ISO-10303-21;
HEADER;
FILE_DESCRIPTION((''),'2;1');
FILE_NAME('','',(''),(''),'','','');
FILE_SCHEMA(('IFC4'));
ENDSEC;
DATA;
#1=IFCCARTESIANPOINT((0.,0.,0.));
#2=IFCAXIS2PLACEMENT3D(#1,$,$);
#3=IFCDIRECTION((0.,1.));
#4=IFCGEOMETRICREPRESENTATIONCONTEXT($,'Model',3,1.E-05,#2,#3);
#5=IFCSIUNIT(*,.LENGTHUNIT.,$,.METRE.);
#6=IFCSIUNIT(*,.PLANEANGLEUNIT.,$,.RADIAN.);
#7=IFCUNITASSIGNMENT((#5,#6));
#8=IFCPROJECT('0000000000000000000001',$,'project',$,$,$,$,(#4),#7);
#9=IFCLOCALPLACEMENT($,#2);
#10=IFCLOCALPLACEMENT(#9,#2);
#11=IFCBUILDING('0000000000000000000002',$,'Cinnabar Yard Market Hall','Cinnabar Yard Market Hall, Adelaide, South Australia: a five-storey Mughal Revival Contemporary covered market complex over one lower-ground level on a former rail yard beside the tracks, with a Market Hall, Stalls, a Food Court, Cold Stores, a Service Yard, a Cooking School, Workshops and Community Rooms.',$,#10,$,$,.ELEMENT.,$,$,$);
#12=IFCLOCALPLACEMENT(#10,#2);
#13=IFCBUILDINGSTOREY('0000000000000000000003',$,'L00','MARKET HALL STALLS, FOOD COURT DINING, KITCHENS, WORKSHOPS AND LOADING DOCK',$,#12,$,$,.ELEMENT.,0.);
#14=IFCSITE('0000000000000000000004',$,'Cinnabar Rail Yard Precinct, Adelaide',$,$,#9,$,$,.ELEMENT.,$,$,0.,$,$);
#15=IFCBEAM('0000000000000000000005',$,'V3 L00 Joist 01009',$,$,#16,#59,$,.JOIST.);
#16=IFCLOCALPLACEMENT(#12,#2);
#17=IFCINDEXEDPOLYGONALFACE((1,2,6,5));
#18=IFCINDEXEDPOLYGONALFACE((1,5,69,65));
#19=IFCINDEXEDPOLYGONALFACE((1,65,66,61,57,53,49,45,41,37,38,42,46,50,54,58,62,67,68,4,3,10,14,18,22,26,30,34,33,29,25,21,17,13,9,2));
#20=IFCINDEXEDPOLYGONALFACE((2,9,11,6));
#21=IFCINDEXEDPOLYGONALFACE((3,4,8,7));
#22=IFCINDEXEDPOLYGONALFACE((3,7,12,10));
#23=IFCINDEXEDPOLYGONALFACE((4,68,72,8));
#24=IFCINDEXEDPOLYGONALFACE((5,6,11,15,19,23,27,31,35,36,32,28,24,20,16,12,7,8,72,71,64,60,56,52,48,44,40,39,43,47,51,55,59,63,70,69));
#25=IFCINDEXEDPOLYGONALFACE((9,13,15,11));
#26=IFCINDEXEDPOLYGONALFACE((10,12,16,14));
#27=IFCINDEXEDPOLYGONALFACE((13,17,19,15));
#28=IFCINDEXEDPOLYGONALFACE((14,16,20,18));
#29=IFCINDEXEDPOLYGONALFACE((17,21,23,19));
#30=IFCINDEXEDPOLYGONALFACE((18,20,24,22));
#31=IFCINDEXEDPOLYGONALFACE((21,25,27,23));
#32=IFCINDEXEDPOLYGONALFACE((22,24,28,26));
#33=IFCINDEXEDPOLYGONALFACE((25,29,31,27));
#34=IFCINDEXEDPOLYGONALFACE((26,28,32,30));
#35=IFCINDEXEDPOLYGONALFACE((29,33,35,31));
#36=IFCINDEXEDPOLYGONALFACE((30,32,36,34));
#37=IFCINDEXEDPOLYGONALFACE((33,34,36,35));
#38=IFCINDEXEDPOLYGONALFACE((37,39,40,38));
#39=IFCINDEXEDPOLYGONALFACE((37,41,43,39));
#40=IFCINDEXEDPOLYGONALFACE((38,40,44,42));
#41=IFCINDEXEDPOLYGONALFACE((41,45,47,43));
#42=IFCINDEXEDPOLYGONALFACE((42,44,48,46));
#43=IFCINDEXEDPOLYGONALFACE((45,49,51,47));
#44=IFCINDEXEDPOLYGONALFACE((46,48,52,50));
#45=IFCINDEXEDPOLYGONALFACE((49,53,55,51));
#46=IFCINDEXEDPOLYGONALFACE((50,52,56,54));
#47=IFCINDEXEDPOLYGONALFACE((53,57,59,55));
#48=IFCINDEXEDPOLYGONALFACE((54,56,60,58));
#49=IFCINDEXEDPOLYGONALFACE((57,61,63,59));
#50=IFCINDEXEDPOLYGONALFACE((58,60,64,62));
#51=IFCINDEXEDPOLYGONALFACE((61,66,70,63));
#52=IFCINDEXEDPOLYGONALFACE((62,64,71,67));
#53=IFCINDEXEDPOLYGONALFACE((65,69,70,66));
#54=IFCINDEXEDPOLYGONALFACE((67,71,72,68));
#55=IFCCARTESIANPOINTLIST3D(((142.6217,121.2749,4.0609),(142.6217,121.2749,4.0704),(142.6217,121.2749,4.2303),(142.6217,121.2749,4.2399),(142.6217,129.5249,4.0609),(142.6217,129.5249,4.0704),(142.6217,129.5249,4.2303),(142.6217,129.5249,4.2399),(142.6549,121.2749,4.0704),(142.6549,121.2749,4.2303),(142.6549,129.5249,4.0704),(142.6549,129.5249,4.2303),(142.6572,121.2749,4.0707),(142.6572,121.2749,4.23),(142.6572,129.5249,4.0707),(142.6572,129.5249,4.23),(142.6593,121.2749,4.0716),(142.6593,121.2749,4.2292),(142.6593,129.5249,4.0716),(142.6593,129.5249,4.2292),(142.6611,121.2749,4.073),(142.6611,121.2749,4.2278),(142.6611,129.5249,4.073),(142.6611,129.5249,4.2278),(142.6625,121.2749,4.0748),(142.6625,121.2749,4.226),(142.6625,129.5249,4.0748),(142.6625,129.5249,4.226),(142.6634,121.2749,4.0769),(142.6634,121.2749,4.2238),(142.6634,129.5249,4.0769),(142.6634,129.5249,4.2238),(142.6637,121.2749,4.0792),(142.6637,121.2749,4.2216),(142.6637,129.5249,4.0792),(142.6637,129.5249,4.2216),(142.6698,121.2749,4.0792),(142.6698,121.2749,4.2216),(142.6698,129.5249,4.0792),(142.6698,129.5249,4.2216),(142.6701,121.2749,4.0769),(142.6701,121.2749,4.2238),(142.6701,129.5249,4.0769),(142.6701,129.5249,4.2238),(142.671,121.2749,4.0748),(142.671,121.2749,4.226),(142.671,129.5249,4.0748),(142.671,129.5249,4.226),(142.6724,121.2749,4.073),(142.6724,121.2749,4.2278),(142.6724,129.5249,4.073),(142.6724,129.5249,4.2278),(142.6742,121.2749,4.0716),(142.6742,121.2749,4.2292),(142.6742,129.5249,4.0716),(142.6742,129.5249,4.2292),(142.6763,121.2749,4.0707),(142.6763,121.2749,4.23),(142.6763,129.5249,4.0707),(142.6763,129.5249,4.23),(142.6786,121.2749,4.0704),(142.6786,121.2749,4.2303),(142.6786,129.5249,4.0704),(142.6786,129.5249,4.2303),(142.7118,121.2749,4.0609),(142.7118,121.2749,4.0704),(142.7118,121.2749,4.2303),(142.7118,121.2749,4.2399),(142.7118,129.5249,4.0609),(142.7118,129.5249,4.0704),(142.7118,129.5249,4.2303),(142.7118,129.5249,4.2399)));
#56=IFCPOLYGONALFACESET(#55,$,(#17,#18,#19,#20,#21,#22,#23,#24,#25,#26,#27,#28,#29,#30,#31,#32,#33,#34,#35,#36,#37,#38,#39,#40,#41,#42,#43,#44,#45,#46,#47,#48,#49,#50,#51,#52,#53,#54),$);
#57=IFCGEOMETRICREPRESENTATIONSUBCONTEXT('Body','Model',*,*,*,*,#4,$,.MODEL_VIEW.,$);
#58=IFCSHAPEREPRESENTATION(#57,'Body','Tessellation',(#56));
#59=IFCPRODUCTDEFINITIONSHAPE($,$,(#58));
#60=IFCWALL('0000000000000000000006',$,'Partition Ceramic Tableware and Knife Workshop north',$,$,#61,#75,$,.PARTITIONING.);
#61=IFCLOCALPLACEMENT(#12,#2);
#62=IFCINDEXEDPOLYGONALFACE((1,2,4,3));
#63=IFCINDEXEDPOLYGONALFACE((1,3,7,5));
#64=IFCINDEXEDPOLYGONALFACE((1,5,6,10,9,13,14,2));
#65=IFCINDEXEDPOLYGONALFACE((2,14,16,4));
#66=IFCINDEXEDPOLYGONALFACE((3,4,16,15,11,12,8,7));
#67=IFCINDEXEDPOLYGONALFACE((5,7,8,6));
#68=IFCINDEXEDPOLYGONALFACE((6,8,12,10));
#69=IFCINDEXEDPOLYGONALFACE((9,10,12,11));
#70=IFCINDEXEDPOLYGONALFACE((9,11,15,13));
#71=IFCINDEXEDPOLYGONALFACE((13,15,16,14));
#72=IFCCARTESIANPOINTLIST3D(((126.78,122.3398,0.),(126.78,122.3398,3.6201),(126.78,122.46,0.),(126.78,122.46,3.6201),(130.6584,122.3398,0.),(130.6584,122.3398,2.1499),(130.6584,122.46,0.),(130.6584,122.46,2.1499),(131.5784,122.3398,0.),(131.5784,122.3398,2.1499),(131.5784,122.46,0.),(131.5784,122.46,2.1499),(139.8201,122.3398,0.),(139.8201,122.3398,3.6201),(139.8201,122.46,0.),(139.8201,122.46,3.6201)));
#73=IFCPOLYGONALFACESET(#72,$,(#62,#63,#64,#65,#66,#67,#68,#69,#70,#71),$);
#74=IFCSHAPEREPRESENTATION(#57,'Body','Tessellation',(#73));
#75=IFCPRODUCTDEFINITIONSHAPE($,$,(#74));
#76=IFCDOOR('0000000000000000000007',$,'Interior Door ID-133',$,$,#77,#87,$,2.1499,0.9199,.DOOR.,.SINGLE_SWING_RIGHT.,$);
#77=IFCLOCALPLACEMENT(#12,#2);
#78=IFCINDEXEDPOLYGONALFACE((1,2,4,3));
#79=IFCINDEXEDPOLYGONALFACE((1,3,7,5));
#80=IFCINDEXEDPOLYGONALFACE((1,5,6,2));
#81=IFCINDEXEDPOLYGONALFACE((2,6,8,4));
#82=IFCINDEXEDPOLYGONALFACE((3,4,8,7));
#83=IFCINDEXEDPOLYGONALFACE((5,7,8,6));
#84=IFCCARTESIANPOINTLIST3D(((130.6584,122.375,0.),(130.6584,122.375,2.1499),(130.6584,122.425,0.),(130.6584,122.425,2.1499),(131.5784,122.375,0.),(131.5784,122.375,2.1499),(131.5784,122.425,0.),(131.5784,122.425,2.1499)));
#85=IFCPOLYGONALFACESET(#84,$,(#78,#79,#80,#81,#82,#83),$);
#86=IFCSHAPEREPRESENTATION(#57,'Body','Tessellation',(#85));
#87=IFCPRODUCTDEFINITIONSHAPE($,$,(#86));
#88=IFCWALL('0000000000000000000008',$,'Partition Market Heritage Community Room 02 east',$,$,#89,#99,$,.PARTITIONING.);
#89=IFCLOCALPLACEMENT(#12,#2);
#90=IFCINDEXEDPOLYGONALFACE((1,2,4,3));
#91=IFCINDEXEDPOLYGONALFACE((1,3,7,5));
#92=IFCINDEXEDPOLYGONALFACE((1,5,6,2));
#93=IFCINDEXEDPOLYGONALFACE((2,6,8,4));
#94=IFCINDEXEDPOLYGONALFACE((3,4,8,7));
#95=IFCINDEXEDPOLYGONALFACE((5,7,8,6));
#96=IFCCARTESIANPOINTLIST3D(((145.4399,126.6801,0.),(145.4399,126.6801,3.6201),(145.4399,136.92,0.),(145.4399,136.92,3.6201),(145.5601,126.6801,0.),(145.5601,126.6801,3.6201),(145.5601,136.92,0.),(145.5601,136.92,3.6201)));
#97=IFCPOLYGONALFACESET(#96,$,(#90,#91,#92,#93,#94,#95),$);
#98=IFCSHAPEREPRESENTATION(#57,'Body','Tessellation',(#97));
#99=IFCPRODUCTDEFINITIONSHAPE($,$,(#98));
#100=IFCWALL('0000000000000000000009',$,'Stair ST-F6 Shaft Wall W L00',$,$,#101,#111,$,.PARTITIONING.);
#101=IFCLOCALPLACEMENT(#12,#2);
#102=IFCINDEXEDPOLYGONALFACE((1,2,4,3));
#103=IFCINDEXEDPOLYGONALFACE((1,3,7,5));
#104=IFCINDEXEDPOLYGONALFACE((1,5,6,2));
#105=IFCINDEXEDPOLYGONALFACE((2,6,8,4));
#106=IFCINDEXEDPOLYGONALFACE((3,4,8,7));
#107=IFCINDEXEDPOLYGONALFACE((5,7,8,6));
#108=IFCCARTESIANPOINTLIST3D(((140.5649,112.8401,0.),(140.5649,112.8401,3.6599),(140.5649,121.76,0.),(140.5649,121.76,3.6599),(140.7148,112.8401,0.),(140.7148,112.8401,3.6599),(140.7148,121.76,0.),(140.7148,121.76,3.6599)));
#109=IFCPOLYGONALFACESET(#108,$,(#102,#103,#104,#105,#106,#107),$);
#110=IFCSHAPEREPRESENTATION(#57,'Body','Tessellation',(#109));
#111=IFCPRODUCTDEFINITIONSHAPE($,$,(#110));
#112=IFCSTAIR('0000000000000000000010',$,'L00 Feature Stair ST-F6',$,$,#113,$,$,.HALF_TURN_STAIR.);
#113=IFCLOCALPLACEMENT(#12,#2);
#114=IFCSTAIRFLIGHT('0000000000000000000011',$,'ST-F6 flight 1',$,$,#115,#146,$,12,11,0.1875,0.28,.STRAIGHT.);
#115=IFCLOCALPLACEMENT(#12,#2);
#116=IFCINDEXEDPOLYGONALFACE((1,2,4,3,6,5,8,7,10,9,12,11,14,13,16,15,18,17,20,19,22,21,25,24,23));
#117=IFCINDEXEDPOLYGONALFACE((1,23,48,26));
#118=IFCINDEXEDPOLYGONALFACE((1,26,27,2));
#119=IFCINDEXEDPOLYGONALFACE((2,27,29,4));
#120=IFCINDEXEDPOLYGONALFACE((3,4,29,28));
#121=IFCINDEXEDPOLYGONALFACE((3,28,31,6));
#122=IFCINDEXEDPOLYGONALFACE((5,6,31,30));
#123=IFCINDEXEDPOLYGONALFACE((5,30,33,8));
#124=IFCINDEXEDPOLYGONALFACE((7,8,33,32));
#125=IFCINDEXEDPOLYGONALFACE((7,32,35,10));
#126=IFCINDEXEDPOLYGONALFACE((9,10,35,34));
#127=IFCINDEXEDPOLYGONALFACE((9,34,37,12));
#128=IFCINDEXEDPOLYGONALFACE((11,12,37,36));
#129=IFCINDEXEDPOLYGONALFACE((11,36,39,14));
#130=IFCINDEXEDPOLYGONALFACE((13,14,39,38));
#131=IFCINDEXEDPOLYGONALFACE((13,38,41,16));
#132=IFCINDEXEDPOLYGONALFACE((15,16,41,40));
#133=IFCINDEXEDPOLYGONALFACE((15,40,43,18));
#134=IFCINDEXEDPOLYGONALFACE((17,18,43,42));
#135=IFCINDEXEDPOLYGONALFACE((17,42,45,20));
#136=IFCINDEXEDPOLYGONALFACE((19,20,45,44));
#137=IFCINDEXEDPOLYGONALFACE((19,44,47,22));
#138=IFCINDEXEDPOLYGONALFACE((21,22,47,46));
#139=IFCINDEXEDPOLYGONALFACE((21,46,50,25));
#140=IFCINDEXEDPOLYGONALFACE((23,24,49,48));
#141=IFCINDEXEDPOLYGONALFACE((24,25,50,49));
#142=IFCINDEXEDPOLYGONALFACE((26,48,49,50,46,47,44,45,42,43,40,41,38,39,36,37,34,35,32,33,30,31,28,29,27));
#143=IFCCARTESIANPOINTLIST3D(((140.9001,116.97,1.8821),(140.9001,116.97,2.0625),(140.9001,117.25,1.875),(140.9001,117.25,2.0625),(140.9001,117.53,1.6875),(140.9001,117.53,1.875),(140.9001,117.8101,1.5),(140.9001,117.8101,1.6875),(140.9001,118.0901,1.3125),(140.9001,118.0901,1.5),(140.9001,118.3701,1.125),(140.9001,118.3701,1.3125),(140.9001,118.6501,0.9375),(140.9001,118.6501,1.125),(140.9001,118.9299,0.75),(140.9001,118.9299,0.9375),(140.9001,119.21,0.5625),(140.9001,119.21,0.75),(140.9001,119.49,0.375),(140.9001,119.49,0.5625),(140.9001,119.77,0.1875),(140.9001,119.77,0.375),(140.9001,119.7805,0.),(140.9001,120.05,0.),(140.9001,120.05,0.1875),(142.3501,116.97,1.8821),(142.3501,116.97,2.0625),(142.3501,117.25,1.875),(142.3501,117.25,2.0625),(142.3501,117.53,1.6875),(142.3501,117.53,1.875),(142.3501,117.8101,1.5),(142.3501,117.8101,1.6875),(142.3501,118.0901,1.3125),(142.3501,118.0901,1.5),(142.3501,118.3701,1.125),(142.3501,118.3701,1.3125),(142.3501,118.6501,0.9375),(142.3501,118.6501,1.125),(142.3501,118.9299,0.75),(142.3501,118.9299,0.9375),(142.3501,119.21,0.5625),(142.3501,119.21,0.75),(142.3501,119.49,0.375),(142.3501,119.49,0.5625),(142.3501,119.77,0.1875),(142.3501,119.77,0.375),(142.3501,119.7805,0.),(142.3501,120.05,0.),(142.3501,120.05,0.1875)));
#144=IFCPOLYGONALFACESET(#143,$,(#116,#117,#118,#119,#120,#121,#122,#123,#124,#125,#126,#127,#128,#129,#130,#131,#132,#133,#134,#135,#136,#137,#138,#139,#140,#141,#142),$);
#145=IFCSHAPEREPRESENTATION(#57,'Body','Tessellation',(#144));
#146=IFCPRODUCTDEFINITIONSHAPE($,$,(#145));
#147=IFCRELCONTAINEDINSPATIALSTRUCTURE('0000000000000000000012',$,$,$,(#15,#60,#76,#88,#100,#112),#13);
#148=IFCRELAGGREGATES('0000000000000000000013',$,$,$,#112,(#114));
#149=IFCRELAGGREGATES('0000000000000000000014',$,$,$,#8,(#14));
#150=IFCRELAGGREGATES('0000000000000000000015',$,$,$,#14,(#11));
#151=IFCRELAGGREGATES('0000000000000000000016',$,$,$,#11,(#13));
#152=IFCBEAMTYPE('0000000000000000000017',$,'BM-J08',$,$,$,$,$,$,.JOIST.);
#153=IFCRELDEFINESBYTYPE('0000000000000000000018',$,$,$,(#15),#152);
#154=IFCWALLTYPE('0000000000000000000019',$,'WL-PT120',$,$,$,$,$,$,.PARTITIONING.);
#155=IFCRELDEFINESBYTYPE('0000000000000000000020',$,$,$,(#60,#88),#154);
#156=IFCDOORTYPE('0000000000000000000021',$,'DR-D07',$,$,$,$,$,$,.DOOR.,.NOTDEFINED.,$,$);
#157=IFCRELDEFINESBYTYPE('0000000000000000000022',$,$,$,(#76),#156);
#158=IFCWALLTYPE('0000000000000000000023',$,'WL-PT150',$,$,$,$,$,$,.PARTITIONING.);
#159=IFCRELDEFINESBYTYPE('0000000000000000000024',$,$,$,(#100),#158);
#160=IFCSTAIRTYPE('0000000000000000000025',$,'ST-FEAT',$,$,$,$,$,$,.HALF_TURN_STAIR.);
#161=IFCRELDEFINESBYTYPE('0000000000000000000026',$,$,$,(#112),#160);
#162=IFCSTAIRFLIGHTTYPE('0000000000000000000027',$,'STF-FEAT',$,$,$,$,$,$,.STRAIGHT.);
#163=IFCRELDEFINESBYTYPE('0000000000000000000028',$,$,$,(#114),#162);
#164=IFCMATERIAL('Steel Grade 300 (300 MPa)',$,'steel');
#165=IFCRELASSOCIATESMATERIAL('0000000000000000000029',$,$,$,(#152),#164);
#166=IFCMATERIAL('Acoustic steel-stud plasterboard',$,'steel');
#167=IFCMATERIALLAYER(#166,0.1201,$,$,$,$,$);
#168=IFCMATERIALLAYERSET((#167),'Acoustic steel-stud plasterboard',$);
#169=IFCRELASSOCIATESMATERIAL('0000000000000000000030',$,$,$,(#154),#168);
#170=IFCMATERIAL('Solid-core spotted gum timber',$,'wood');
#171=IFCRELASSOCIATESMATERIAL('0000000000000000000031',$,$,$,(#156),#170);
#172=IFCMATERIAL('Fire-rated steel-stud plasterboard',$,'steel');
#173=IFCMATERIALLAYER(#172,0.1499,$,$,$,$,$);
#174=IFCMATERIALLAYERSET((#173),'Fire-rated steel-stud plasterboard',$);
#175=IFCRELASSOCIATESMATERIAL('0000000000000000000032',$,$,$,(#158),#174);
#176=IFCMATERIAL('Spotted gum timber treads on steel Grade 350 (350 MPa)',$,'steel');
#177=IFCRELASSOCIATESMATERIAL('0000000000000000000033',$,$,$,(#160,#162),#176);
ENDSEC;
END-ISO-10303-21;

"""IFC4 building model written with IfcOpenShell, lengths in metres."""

from ifc_helpers import new_model, si_unit, direction, frame, frame_2d, origin, origin_2d_with_axis, place, context, subcontext, project, spatial, polyline, rectangle, i_section, outline, extrude, material, layer, layer_set, material_profile, profile_set, type_object, element, fill, aggregate, save


model = new_model("IFC4")

# Units and contexts
model_context = context("Model", 3, precision=1e-05, world=origin(), true_north=direction((0.0, 1.0)))
body_context = subcontext(model_context, "Body", "Model", "MODEL_VIEW")
ifc_project = project(units=[si_unit("LENGTHUNIT", "METRE"), si_unit("PLANEANGLEUNIT", "RADIAN")], contexts=[model_context])

# Site, building, storey
site_placement = place(None, origin())
site = spatial("IfcSite", under=ifc_project, at=site_placement, Name="Cinnabar Rail Yard Precinct, Adelaide", CompositionType="ELEMENT", RefElevation=0.0)
building_placement = place(site_placement, origin())
building = spatial("IfcBuilding", under=site, at=building_placement, Name="Cinnabar Yard Market Hall", Description="Cinnabar Yard Market Hall, Adelaide, South Australia: a five-storey Mughal Revival Contemporary covered market complex over one lower-ground level on a former rail yard beside the tracks, with a Market Hall, Stalls, a Food Court, Cold Stores, a Service Yard, a Cooking School, Workshops and Community Rooms.", CompositionType="ELEMENT")
storey_placement = place(building_placement, origin())
storey = spatial("IfcBuildingStorey", under=building, at=storey_placement, Name="L00", Description="MARKET HALL STALLS, FOOD COURT DINING, KITCHENS, WORKSHOPS AND LOADING DOCK", CompositionType="ELEMENT", Elevation=0.0)

# Beam
ifc_material_1 = material(Name="Steel Grade 300 (300 MPa)", Category="steel")
ifc_material_profile_1 = material_profile(ifc_material_1, i_section(OverallWidth=0.0901, OverallDepth=0.179, WebThickness=0.0061, FlangeThickness=0.0095, FilletRadius=0.0088, at=origin_2d_with_axis()), Name="180UB22.2")
ifc_profile_set_1 = profile_set([ifc_material_profile_1], Name="Steel Grade 300 (300 MPa)")
beam_type_1 = type_object("IfcBeamType", Name="BM-J08", PredefinedType="JOIST", material=ifc_profile_set_1)
for number, where, z_axis, x_axis, name in (
    (1, (142.6667, 121.2749, 4.1504), (0.0, 1.0, 0.0), (-1.0, 0.0, 0.0), "V3 L00 Joist 01009"),
):
    element("IfcBeam", number, at=place(storey_placement, frame(where, z_axis=z_axis, x_axis=x_axis)), inside=storey, type_object=beam_type_1, Name=name, PredefinedType="JOIST", context=body_context, shape_type="SweptSolid", body=[
        extrude(i_section(OverallWidth=0.0901, OverallDepth=0.179, WebThickness=0.0061, FlangeThickness=0.0095, FilletRadius=0.0088, at=origin_2d_with_axis()), origin(), (0.0, 0.0, 1.0), 8.25),
    ])

# Wall, opening, door
ifc_material_2 = material(Name="Acoustic steel-stud plasterboard", Category="steel")
ifc_layer_1 = layer(ifc_material_2, 0.1201)
ifc_layer_set_1 = layer_set([ifc_layer_1], Name="Acoustic steel-stud plasterboard")
wall_type_1 = type_object("IfcWallType", Name="WL-PT120", PredefinedType="PARTITIONING", material=ifc_layer_set_1)
wall_1_placement = place(storey_placement, frame((139.8201, 122.3999, 0.0), z_axis=(0.0, 0.0, 1.0), x_axis=(-1.0, 0.0, 0.0)))
wall_1 = element("IfcWall", 2, at=wall_1_placement, inside=storey, type_object=wall_type_1, Name="Partition Ceramic Tableware and Knife Workshop north", PredefinedType="PARTITIONING", context=body_context, shape_type="SweptSolid", body=[
    extrude(rectangle(XDim=13.04, YDim=0.1201, at=frame_2d((6.52, 0.0), x_axis=(1.0, 0.0))), origin(), (0.0, 0.0, 1.0), 3.6201),
])
opening_1_placement = place(wall_1_placement, frame((8.2417, 0.0, 0.0)))
opening_1 = element("IfcOpeningElement", 3, at=opening_1_placement, cuts=wall_1, PredefinedType="OPENING", context=body_context, shape_type="SweptSolid", body=[
    extrude(rectangle(XDim=0.9199, YDim=2.1499, at=frame_2d((0.46, 1.075), x_axis=(1.0, 0.0))), frame((0.0, 0.0701, 0.0), z_axis=(0.0, -1.0, 0.0), x_axis=(1.0, 0.0, 0.0)), (0.0, 0.0, 1.0), 0.1401),
])
ifc_material_3 = material(Name="Solid-core spotted gum timber", Category="wood")
door_type_1 = type_object("IfcDoorType", Name="DR-D07", OperationType="NOTDEFINED", PredefinedType="DOOR", material=ifc_material_3)
door_1_placement = place(opening_1_placement, origin())
door_1 = element("IfcDoor", 4, at=door_1_placement, inside=storey, type_object=door_type_1, Name="Interior Door ID-133", OperationType="SINGLE_SWING_RIGHT", OverallHeight=2.1499, OverallWidth=0.9199, PredefinedType="DOOR", context=body_context, shape_type="SweptSolid", body=[
    extrude(rectangle(XDim=0.9199, YDim=2.1499, at=frame_2d((0.46, 1.075), x_axis=(1.0, 0.0))), frame((0.0, 0.0249, 0.0), z_axis=(0.0, -1.0, 0.0), x_axis=(1.0, 0.0, 0.0)), (0.0, 0.0, 1.0), 0.05),
])
fill(opening_1, door_1)

# Walls
wall_2_placement = place(storey_placement, frame((145.5, 126.6799, 0.0), z_axis=(0.0, 0.0, 1.0), x_axis=(0.0, 1.0, 0.0)))
element("IfcWall", 5, at=wall_2_placement, inside=storey, type_object=wall_type_1, Name="Partition Market Heritage Community Room 02 east", PredefinedType="PARTITIONING", context=body_context, shape_type="SweptSolid", body=[
    extrude(rectangle(XDim=10.24, YDim=0.1201, at=frame_2d((5.1201, 0.0), x_axis=(1.0, 0.0))), origin(), (0.0, 0.0, 1.0), 3.6201),
])
ifc_material_4 = material(Name="Fire-rated steel-stud plasterboard", Category="steel")
ifc_layer_2 = layer(ifc_material_4, 0.1499)
ifc_layer_set_2 = layer_set([ifc_layer_2], Name="Fire-rated steel-stud plasterboard")
wall_type_2 = type_object("IfcWallType", Name="WL-PT150", PredefinedType="PARTITIONING", material=ifc_layer_set_2)
wall_3_placement = place(storey_placement, frame((140.6399, 121.76, 0.0), z_axis=(0.0, 0.0, 1.0), x_axis=(0.0, -1.0, 0.0)))
element("IfcWall", 6, at=wall_3_placement, inside=storey, type_object=wall_type_2, Name="Stair ST-F6 Shaft Wall W L00", PredefinedType="PARTITIONING", context=body_context, shape_type="SweptSolid", body=[
    extrude(rectangle(XDim=8.9199, YDim=0.1499, at=frame_2d((4.46, 0.0), x_axis=(1.0, 0.0))), origin(), (0.0, 0.0, 1.0), 3.6599),
])

# Stair, stair flight
ifc_material_5 = material(Name="Spotted gum timber treads on steel Grade 350 (350 MPa)", Category="steel")
stair_type = type_object("IfcStairType", Name="ST-FEAT", PredefinedType="HALF_TURN_STAIR", material=ifc_material_5)
stair_placement = place(storey_placement, origin())
stair = element("IfcStair", 7, at=stair_placement, inside=storey, type_object=stair_type, Name="L00 Feature Stair ST-F6", PredefinedType="HALF_TURN_STAIR")
stair_flight_type = type_object("IfcStairFlightType", Name="STF-FEAT", PredefinedType="STRAIGHT", material=ifc_material_5)
stair_flight_1_placement = place(storey_placement, frame((141.625, 120.05, 0.0), z_axis=(0.0, 0.0, 1.0), x_axis=(0.0, -1.0, 0.0)))
stair_flight_1 = element("IfcStairFlight", 8, at=stair_flight_1_placement, type_object=stair_flight_type, Name="ST-F6 flight 1", NumberOfRisers=12, NumberOfTreads=11, PredefinedType="STRAIGHT", RiserHeight=0.1875, TreadLength=0.28, context=body_context, shape_type="SweptSolid", body=[
    extrude(outline(polyline([(0.0, 0.0), (0.0, 0.1875), (0.28, 0.1875), (0.28, 0.375), (0.5601, 0.375), (0.5601, 0.5625), (0.8401, 0.5625), (0.8401, 0.75), (1.1201, 0.75), (1.1201, 0.9375), (1.3999, 0.9375), (1.3999, 1.125), (1.6799, 1.125), (1.6799, 1.3125), (1.96, 1.3125), (1.96, 1.5), (2.24, 1.5), (2.24, 1.6875), (2.52, 1.6875), (2.52, 1.875), (2.8, 1.875), (2.8, 2.0625), (3.0801, 2.0625), (3.0801, 2.25), (3.0801, 1.8821), (0.2695, 0.0), (0.0, 0.0)])), frame((0.0, 0.7251, 0.0), z_axis=(0.0, -1.0, 0.0), x_axis=(1.0, 0.0, 0.0)), (0.0, 0.0, 1.0), 1.45),
])
aggregate(stair, [stair_flight_1])

save(model, "model.ifc")
